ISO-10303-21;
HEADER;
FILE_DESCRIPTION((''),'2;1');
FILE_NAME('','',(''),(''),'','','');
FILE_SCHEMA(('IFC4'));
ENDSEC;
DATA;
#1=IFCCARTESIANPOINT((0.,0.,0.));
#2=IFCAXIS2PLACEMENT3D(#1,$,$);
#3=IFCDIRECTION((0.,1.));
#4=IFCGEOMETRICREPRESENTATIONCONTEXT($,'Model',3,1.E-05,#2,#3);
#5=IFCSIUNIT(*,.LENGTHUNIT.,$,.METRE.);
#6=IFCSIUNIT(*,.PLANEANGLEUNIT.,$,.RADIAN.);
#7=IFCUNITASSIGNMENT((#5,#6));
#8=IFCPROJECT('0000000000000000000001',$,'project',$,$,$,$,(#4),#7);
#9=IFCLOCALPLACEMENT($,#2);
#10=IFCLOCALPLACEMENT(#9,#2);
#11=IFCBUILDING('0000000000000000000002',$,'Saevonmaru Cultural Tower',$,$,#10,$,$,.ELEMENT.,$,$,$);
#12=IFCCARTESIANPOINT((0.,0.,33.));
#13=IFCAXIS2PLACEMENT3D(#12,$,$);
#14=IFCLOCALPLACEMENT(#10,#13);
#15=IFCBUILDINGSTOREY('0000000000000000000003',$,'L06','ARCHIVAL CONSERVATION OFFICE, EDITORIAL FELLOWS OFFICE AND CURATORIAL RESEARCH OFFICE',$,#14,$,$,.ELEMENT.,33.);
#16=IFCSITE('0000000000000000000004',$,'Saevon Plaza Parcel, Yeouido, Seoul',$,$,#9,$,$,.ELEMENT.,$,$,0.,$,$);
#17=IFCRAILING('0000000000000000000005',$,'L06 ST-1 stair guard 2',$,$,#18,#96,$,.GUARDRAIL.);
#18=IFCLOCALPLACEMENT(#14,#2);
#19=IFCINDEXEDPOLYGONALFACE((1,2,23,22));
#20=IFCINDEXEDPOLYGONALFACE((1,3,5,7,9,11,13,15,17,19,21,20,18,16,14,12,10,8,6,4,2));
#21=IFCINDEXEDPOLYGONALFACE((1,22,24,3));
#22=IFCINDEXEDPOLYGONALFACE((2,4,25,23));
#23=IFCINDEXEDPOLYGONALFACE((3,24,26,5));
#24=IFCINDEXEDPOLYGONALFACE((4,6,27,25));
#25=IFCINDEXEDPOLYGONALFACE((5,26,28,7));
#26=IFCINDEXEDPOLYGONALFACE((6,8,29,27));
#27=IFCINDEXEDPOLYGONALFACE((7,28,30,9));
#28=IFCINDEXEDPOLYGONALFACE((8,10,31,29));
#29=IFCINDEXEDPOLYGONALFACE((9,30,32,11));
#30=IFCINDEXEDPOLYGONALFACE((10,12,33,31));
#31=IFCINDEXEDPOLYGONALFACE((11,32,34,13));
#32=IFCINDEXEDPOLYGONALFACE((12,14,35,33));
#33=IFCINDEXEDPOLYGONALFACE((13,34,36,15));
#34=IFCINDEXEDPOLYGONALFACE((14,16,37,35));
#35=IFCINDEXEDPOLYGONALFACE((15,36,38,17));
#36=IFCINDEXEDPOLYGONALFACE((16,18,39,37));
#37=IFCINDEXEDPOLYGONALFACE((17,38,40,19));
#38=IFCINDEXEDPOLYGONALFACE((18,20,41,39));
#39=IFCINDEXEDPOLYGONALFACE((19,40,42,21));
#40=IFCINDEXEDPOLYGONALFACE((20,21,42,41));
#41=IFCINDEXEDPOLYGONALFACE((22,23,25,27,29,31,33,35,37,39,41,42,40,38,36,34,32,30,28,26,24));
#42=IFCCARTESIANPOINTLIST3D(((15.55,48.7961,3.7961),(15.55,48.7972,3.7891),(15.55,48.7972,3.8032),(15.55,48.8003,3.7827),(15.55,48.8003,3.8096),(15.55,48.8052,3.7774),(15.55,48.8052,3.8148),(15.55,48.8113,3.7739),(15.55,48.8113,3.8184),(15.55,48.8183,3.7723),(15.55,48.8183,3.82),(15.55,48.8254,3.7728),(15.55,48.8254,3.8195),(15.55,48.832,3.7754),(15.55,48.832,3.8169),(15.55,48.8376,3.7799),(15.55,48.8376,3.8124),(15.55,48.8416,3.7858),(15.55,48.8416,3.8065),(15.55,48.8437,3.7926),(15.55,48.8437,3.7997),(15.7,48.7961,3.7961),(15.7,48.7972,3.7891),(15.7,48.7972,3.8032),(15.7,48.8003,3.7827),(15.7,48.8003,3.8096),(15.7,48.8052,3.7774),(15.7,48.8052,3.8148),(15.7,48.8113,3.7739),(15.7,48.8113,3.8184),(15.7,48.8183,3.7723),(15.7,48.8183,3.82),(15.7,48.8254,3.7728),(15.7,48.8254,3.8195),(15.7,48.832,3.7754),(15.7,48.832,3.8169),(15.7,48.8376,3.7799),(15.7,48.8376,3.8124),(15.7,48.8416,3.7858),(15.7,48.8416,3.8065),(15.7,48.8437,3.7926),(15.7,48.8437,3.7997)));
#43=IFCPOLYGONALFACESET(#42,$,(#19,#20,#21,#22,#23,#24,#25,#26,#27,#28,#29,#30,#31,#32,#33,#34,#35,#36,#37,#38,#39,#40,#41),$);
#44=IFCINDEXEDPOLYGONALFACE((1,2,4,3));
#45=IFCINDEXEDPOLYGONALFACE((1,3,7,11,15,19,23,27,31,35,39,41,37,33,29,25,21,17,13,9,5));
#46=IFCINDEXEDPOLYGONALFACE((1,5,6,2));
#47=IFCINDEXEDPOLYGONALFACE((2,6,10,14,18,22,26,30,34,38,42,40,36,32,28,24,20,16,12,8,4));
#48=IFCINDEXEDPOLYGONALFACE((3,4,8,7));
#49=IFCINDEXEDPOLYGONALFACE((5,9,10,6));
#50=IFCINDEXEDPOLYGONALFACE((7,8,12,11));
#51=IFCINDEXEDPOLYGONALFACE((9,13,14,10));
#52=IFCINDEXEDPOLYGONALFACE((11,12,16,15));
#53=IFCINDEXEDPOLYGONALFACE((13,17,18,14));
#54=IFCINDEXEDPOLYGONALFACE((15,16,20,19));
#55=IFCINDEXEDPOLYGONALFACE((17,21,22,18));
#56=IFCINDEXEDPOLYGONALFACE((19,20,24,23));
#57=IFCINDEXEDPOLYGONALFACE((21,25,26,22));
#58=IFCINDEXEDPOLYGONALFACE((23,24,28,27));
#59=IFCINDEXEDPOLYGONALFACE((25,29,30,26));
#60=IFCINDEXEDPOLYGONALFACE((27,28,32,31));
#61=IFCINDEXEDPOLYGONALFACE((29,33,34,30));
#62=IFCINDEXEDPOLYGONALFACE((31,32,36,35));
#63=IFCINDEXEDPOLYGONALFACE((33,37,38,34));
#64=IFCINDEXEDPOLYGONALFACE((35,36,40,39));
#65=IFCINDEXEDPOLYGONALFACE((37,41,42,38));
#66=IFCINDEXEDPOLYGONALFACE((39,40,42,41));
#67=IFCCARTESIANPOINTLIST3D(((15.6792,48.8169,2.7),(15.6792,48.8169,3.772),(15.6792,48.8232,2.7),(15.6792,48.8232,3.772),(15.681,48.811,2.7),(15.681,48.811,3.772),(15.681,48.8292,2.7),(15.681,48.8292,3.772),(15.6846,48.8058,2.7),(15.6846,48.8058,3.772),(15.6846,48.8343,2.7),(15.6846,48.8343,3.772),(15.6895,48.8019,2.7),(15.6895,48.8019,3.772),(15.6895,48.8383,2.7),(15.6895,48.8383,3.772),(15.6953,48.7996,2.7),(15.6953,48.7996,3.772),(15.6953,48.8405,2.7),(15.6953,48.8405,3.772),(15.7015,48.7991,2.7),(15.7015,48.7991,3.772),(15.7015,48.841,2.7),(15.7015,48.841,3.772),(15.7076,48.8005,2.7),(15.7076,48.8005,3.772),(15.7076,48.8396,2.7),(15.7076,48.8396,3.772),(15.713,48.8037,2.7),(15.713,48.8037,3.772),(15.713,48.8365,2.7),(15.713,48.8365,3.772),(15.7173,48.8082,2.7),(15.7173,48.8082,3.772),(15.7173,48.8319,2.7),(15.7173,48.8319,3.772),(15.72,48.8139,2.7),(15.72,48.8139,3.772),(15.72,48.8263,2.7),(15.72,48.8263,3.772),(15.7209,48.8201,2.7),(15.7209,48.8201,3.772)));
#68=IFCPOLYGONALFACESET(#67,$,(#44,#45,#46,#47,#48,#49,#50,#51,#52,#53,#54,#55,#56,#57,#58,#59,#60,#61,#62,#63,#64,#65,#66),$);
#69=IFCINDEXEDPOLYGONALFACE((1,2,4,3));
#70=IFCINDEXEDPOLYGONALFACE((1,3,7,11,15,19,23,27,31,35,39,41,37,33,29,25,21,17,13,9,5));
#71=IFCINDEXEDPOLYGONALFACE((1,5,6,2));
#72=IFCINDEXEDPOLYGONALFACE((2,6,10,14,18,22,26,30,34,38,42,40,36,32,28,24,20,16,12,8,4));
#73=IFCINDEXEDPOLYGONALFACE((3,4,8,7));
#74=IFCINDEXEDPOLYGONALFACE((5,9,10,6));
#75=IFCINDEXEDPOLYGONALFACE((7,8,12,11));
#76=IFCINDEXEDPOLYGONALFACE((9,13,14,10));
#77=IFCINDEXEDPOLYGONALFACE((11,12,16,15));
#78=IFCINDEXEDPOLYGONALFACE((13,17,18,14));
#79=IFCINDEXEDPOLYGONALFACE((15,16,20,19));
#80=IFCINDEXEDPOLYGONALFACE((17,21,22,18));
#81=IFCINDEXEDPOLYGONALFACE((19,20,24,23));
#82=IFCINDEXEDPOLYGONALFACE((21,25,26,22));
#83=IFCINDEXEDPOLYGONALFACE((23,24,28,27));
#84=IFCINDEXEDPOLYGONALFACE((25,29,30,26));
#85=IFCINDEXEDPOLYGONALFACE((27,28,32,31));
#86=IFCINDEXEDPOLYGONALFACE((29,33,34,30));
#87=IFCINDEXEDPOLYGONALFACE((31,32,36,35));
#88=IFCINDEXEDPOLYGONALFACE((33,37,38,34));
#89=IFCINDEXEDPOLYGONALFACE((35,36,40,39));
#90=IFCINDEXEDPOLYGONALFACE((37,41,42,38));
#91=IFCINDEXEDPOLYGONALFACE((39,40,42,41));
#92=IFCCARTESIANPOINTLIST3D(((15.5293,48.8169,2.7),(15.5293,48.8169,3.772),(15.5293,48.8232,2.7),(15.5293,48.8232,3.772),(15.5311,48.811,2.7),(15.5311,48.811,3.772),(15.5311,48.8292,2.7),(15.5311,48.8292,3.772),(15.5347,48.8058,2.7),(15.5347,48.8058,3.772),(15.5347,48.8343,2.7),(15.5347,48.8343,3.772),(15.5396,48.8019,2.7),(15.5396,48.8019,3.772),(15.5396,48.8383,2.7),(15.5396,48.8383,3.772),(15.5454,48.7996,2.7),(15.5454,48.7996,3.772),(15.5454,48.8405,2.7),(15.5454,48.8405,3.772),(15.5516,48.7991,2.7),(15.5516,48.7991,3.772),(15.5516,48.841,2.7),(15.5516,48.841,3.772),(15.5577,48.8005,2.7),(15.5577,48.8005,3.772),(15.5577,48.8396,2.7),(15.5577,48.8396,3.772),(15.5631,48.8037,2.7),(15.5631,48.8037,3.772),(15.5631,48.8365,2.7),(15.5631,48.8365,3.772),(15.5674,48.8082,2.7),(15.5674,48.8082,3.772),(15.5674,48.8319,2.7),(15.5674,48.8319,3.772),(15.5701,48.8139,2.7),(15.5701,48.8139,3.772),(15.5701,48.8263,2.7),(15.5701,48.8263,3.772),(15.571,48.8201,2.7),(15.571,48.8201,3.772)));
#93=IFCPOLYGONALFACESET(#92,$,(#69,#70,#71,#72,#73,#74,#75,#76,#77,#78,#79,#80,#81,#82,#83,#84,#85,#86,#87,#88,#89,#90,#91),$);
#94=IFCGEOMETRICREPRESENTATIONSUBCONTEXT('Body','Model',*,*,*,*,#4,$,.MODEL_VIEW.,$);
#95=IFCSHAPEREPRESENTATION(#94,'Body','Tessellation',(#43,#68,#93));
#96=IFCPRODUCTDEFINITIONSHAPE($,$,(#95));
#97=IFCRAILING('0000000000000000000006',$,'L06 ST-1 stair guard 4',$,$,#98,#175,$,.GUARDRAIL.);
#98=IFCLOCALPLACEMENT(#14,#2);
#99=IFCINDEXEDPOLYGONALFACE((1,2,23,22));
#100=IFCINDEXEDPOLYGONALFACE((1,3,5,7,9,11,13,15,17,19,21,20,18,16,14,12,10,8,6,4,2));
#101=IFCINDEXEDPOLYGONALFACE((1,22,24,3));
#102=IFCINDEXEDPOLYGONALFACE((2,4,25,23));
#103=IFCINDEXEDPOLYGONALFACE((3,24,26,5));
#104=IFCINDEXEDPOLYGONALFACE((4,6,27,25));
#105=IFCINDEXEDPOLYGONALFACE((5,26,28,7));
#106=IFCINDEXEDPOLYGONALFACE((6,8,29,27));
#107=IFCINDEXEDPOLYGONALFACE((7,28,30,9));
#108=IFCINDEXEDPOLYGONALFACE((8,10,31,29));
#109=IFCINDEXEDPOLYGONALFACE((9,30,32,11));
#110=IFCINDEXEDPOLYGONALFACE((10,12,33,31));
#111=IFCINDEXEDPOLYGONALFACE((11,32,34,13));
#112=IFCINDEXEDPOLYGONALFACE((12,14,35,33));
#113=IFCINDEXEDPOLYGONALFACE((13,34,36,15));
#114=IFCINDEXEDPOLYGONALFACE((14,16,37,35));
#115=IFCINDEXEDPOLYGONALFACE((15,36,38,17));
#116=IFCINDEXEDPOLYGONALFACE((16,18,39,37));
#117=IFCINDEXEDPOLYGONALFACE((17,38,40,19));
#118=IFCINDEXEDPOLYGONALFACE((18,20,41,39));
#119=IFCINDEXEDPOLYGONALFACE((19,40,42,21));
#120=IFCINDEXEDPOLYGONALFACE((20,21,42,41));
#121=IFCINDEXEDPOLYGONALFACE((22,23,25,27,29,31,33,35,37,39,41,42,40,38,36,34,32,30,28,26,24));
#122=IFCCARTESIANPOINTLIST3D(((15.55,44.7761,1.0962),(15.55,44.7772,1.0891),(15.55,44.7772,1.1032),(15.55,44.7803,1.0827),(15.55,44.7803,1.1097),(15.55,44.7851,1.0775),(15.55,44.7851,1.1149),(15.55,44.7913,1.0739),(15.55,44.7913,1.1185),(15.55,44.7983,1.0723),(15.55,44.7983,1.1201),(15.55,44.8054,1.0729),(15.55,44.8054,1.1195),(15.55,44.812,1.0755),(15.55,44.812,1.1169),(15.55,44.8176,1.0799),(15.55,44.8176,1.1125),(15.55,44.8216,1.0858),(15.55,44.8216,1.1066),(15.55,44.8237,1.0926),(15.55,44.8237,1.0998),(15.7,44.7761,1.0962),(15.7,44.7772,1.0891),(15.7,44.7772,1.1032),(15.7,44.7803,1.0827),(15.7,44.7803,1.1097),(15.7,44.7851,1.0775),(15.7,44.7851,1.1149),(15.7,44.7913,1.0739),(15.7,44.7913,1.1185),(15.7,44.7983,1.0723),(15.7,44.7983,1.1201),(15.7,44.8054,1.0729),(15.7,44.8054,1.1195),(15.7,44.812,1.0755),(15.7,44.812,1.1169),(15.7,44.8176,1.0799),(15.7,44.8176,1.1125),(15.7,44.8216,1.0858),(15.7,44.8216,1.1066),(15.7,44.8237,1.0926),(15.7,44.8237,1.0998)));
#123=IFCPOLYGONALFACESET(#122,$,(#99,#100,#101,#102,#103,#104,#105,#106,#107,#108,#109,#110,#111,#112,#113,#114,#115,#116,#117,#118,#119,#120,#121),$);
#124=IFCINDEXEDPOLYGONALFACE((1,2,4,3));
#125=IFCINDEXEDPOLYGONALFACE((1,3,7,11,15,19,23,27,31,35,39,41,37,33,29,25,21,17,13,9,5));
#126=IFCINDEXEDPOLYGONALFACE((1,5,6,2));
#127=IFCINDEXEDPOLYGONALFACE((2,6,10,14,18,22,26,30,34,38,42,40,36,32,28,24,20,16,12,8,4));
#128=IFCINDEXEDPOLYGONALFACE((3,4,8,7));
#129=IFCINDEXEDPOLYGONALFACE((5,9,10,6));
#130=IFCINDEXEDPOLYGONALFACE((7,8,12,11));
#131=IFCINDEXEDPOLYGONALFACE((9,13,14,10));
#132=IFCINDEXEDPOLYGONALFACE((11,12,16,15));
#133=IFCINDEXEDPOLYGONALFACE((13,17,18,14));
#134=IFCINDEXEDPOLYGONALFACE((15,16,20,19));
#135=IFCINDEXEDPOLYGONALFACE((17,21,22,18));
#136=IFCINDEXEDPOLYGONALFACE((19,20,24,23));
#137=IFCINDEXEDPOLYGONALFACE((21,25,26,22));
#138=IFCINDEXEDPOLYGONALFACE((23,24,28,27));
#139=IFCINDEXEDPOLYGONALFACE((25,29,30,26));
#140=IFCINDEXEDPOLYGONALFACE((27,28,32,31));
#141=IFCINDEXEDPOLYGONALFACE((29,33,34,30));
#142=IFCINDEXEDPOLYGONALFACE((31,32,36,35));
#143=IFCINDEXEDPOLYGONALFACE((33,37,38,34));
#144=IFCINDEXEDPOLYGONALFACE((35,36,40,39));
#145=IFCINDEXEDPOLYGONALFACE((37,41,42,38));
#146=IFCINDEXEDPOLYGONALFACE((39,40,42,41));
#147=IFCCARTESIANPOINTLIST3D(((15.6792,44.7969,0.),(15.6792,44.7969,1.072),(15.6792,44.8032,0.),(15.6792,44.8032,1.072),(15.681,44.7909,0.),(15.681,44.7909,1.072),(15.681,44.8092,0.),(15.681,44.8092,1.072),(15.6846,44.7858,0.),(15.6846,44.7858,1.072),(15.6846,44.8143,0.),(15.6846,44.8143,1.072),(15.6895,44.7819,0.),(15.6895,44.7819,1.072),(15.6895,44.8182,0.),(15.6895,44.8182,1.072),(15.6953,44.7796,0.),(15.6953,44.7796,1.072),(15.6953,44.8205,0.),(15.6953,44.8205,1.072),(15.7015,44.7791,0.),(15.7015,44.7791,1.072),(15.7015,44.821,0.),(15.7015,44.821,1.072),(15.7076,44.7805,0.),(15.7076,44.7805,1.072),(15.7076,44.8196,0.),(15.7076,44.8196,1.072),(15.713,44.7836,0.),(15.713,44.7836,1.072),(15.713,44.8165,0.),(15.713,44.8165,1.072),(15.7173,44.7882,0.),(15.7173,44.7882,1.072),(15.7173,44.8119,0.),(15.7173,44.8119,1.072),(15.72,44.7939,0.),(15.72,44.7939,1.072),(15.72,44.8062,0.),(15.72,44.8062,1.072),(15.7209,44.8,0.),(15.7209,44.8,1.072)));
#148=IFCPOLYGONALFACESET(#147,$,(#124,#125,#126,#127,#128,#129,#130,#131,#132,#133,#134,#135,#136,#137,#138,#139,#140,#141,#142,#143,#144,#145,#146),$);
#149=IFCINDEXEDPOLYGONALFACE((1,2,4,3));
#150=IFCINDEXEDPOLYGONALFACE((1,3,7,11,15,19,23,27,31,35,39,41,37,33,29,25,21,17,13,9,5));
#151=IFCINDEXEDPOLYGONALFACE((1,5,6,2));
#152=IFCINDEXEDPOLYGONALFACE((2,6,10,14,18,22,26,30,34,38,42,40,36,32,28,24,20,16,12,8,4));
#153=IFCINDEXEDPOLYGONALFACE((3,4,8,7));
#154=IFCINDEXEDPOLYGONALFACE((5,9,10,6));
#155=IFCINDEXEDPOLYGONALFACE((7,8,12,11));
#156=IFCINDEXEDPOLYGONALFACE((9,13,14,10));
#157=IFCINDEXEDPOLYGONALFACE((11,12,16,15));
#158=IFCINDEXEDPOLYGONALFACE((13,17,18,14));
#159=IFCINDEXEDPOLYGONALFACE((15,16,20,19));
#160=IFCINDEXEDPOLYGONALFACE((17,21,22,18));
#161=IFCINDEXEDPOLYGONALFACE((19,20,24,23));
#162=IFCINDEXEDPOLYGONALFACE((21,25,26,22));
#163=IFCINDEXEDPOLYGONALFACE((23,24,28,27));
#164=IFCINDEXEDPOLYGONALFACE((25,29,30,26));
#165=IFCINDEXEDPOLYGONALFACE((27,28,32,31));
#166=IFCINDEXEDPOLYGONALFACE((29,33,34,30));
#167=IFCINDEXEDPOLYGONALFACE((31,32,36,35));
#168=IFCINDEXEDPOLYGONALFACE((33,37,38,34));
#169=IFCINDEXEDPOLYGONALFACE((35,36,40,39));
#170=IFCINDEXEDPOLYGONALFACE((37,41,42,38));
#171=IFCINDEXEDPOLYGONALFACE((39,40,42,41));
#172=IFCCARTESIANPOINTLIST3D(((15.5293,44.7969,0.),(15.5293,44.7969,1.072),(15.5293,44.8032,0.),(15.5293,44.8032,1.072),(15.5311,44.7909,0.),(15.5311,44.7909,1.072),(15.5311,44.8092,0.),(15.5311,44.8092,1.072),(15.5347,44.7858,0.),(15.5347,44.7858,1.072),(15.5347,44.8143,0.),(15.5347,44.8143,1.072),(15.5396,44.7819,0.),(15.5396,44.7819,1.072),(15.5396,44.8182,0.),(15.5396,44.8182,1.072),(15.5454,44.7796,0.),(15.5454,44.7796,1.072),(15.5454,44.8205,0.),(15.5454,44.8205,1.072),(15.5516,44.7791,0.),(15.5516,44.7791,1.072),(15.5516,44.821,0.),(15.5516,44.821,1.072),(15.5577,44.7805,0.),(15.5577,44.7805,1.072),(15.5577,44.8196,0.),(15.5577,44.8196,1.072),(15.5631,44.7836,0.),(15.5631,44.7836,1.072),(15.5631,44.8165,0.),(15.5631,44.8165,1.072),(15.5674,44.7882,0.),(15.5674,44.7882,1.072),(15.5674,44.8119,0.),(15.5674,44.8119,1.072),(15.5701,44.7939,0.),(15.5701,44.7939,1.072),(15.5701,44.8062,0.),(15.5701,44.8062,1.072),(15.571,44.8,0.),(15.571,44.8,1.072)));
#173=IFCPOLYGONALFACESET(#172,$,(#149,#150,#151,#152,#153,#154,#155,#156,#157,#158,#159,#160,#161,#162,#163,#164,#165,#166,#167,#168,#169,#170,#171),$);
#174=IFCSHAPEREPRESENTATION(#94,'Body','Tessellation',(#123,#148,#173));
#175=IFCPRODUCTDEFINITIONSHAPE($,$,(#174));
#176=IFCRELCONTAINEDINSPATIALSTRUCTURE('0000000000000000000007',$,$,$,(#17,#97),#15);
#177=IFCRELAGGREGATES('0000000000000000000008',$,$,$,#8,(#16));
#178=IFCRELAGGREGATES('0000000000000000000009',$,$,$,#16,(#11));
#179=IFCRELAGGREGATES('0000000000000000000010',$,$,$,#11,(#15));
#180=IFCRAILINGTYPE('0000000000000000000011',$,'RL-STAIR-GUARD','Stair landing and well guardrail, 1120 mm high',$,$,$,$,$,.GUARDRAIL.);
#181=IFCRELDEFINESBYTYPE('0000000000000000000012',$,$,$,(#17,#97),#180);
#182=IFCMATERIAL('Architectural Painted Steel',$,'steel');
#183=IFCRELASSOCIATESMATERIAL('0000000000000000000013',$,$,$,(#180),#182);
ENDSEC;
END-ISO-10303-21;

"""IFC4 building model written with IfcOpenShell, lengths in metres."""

from ifc_helpers import new_model, si_unit, direction, frame, origin, origin_2d, place, context, subcontext, project, spatial, circle, extrude, material, type_object, element, save


model = new_model("IFC4")

# Units and contexts
model_context = context("Model", 3, precision=1e-05, world=origin(), true_north=direction((0.0, 1.0)))
body_context = subcontext(model_context, "Body", "Model", "MODEL_VIEW")
ifc_project = project(units=[si_unit("LENGTHUNIT", "METRE"), si_unit("PLANEANGLEUNIT", "RADIAN")], contexts=[model_context])

# Site, building, storey
site_placement = place(None, origin())
site = spatial("IfcSite", under=ifc_project, at=site_placement, Name="Saevon Plaza Parcel, Yeouido, Seoul", CompositionType="ELEMENT", RefElevation=0.0)
building_placement = place(site_placement, origin())
building = spatial("IfcBuilding", under=site, at=building_placement, Name="Saevonmaru Cultural Tower", CompositionType="ELEMENT")
storey_placement = place(building_placement, frame((0.0, 0.0, 33.0)))
storey = spatial("IfcBuildingStorey", under=building, at=storey_placement, Name="L06", Description="ARCHIVAL CONSERVATION OFFICE, EDITORIAL FELLOWS OFFICE AND CURATORIAL RESEARCH OFFICE", CompositionType="ELEMENT", Elevation=33.0)

# Railings
ifc_material_1 = material(Name="Architectural Painted Steel", Category="steel")
railing_type_1 = type_object("IfcRailingType", Name="RL-STAIR-GUARD", Description="Stair landing and well guardrail, 1120 mm high", PredefinedType="GUARDRAIL", material=ifc_material_1)
for number, where, name in (
    (1, (15.7, 48.8201, 2.7), "L06 ST-1 stair guard 2"),
    (2, (15.7, 44.8, 0.0), "L06 ST-1 stair guard 4"),
):
    element("IfcRailing", number, at=place(storey_placement, frame(where)), inside=storey, type_object=railing_type_1, Name=name, PredefinedType="GUARDRAIL", context=body_context, shape_type="SweptSolid", body=[
        extrude(circle(Radius=0.0239, at=origin_2d()), frame((0.0, 0.0, 1.0962), z_axis=(-1.0, 0.0, 0.0), x_axis=(0.0, -1.0, 0.0)), (0.0, 0.0, 1.0), 0.1499),
        extrude(circle(Radius=0.021, at=origin_2d()), origin(), (0.0, 0.0, 1.0), 1.072),
        extrude(circle(Radius=0.021, at=origin_2d()), frame((-0.1499, 0.0, 0.0)), (0.0, 0.0, 1.0), 1.072),
    ])

save(model, "model.ifc")
